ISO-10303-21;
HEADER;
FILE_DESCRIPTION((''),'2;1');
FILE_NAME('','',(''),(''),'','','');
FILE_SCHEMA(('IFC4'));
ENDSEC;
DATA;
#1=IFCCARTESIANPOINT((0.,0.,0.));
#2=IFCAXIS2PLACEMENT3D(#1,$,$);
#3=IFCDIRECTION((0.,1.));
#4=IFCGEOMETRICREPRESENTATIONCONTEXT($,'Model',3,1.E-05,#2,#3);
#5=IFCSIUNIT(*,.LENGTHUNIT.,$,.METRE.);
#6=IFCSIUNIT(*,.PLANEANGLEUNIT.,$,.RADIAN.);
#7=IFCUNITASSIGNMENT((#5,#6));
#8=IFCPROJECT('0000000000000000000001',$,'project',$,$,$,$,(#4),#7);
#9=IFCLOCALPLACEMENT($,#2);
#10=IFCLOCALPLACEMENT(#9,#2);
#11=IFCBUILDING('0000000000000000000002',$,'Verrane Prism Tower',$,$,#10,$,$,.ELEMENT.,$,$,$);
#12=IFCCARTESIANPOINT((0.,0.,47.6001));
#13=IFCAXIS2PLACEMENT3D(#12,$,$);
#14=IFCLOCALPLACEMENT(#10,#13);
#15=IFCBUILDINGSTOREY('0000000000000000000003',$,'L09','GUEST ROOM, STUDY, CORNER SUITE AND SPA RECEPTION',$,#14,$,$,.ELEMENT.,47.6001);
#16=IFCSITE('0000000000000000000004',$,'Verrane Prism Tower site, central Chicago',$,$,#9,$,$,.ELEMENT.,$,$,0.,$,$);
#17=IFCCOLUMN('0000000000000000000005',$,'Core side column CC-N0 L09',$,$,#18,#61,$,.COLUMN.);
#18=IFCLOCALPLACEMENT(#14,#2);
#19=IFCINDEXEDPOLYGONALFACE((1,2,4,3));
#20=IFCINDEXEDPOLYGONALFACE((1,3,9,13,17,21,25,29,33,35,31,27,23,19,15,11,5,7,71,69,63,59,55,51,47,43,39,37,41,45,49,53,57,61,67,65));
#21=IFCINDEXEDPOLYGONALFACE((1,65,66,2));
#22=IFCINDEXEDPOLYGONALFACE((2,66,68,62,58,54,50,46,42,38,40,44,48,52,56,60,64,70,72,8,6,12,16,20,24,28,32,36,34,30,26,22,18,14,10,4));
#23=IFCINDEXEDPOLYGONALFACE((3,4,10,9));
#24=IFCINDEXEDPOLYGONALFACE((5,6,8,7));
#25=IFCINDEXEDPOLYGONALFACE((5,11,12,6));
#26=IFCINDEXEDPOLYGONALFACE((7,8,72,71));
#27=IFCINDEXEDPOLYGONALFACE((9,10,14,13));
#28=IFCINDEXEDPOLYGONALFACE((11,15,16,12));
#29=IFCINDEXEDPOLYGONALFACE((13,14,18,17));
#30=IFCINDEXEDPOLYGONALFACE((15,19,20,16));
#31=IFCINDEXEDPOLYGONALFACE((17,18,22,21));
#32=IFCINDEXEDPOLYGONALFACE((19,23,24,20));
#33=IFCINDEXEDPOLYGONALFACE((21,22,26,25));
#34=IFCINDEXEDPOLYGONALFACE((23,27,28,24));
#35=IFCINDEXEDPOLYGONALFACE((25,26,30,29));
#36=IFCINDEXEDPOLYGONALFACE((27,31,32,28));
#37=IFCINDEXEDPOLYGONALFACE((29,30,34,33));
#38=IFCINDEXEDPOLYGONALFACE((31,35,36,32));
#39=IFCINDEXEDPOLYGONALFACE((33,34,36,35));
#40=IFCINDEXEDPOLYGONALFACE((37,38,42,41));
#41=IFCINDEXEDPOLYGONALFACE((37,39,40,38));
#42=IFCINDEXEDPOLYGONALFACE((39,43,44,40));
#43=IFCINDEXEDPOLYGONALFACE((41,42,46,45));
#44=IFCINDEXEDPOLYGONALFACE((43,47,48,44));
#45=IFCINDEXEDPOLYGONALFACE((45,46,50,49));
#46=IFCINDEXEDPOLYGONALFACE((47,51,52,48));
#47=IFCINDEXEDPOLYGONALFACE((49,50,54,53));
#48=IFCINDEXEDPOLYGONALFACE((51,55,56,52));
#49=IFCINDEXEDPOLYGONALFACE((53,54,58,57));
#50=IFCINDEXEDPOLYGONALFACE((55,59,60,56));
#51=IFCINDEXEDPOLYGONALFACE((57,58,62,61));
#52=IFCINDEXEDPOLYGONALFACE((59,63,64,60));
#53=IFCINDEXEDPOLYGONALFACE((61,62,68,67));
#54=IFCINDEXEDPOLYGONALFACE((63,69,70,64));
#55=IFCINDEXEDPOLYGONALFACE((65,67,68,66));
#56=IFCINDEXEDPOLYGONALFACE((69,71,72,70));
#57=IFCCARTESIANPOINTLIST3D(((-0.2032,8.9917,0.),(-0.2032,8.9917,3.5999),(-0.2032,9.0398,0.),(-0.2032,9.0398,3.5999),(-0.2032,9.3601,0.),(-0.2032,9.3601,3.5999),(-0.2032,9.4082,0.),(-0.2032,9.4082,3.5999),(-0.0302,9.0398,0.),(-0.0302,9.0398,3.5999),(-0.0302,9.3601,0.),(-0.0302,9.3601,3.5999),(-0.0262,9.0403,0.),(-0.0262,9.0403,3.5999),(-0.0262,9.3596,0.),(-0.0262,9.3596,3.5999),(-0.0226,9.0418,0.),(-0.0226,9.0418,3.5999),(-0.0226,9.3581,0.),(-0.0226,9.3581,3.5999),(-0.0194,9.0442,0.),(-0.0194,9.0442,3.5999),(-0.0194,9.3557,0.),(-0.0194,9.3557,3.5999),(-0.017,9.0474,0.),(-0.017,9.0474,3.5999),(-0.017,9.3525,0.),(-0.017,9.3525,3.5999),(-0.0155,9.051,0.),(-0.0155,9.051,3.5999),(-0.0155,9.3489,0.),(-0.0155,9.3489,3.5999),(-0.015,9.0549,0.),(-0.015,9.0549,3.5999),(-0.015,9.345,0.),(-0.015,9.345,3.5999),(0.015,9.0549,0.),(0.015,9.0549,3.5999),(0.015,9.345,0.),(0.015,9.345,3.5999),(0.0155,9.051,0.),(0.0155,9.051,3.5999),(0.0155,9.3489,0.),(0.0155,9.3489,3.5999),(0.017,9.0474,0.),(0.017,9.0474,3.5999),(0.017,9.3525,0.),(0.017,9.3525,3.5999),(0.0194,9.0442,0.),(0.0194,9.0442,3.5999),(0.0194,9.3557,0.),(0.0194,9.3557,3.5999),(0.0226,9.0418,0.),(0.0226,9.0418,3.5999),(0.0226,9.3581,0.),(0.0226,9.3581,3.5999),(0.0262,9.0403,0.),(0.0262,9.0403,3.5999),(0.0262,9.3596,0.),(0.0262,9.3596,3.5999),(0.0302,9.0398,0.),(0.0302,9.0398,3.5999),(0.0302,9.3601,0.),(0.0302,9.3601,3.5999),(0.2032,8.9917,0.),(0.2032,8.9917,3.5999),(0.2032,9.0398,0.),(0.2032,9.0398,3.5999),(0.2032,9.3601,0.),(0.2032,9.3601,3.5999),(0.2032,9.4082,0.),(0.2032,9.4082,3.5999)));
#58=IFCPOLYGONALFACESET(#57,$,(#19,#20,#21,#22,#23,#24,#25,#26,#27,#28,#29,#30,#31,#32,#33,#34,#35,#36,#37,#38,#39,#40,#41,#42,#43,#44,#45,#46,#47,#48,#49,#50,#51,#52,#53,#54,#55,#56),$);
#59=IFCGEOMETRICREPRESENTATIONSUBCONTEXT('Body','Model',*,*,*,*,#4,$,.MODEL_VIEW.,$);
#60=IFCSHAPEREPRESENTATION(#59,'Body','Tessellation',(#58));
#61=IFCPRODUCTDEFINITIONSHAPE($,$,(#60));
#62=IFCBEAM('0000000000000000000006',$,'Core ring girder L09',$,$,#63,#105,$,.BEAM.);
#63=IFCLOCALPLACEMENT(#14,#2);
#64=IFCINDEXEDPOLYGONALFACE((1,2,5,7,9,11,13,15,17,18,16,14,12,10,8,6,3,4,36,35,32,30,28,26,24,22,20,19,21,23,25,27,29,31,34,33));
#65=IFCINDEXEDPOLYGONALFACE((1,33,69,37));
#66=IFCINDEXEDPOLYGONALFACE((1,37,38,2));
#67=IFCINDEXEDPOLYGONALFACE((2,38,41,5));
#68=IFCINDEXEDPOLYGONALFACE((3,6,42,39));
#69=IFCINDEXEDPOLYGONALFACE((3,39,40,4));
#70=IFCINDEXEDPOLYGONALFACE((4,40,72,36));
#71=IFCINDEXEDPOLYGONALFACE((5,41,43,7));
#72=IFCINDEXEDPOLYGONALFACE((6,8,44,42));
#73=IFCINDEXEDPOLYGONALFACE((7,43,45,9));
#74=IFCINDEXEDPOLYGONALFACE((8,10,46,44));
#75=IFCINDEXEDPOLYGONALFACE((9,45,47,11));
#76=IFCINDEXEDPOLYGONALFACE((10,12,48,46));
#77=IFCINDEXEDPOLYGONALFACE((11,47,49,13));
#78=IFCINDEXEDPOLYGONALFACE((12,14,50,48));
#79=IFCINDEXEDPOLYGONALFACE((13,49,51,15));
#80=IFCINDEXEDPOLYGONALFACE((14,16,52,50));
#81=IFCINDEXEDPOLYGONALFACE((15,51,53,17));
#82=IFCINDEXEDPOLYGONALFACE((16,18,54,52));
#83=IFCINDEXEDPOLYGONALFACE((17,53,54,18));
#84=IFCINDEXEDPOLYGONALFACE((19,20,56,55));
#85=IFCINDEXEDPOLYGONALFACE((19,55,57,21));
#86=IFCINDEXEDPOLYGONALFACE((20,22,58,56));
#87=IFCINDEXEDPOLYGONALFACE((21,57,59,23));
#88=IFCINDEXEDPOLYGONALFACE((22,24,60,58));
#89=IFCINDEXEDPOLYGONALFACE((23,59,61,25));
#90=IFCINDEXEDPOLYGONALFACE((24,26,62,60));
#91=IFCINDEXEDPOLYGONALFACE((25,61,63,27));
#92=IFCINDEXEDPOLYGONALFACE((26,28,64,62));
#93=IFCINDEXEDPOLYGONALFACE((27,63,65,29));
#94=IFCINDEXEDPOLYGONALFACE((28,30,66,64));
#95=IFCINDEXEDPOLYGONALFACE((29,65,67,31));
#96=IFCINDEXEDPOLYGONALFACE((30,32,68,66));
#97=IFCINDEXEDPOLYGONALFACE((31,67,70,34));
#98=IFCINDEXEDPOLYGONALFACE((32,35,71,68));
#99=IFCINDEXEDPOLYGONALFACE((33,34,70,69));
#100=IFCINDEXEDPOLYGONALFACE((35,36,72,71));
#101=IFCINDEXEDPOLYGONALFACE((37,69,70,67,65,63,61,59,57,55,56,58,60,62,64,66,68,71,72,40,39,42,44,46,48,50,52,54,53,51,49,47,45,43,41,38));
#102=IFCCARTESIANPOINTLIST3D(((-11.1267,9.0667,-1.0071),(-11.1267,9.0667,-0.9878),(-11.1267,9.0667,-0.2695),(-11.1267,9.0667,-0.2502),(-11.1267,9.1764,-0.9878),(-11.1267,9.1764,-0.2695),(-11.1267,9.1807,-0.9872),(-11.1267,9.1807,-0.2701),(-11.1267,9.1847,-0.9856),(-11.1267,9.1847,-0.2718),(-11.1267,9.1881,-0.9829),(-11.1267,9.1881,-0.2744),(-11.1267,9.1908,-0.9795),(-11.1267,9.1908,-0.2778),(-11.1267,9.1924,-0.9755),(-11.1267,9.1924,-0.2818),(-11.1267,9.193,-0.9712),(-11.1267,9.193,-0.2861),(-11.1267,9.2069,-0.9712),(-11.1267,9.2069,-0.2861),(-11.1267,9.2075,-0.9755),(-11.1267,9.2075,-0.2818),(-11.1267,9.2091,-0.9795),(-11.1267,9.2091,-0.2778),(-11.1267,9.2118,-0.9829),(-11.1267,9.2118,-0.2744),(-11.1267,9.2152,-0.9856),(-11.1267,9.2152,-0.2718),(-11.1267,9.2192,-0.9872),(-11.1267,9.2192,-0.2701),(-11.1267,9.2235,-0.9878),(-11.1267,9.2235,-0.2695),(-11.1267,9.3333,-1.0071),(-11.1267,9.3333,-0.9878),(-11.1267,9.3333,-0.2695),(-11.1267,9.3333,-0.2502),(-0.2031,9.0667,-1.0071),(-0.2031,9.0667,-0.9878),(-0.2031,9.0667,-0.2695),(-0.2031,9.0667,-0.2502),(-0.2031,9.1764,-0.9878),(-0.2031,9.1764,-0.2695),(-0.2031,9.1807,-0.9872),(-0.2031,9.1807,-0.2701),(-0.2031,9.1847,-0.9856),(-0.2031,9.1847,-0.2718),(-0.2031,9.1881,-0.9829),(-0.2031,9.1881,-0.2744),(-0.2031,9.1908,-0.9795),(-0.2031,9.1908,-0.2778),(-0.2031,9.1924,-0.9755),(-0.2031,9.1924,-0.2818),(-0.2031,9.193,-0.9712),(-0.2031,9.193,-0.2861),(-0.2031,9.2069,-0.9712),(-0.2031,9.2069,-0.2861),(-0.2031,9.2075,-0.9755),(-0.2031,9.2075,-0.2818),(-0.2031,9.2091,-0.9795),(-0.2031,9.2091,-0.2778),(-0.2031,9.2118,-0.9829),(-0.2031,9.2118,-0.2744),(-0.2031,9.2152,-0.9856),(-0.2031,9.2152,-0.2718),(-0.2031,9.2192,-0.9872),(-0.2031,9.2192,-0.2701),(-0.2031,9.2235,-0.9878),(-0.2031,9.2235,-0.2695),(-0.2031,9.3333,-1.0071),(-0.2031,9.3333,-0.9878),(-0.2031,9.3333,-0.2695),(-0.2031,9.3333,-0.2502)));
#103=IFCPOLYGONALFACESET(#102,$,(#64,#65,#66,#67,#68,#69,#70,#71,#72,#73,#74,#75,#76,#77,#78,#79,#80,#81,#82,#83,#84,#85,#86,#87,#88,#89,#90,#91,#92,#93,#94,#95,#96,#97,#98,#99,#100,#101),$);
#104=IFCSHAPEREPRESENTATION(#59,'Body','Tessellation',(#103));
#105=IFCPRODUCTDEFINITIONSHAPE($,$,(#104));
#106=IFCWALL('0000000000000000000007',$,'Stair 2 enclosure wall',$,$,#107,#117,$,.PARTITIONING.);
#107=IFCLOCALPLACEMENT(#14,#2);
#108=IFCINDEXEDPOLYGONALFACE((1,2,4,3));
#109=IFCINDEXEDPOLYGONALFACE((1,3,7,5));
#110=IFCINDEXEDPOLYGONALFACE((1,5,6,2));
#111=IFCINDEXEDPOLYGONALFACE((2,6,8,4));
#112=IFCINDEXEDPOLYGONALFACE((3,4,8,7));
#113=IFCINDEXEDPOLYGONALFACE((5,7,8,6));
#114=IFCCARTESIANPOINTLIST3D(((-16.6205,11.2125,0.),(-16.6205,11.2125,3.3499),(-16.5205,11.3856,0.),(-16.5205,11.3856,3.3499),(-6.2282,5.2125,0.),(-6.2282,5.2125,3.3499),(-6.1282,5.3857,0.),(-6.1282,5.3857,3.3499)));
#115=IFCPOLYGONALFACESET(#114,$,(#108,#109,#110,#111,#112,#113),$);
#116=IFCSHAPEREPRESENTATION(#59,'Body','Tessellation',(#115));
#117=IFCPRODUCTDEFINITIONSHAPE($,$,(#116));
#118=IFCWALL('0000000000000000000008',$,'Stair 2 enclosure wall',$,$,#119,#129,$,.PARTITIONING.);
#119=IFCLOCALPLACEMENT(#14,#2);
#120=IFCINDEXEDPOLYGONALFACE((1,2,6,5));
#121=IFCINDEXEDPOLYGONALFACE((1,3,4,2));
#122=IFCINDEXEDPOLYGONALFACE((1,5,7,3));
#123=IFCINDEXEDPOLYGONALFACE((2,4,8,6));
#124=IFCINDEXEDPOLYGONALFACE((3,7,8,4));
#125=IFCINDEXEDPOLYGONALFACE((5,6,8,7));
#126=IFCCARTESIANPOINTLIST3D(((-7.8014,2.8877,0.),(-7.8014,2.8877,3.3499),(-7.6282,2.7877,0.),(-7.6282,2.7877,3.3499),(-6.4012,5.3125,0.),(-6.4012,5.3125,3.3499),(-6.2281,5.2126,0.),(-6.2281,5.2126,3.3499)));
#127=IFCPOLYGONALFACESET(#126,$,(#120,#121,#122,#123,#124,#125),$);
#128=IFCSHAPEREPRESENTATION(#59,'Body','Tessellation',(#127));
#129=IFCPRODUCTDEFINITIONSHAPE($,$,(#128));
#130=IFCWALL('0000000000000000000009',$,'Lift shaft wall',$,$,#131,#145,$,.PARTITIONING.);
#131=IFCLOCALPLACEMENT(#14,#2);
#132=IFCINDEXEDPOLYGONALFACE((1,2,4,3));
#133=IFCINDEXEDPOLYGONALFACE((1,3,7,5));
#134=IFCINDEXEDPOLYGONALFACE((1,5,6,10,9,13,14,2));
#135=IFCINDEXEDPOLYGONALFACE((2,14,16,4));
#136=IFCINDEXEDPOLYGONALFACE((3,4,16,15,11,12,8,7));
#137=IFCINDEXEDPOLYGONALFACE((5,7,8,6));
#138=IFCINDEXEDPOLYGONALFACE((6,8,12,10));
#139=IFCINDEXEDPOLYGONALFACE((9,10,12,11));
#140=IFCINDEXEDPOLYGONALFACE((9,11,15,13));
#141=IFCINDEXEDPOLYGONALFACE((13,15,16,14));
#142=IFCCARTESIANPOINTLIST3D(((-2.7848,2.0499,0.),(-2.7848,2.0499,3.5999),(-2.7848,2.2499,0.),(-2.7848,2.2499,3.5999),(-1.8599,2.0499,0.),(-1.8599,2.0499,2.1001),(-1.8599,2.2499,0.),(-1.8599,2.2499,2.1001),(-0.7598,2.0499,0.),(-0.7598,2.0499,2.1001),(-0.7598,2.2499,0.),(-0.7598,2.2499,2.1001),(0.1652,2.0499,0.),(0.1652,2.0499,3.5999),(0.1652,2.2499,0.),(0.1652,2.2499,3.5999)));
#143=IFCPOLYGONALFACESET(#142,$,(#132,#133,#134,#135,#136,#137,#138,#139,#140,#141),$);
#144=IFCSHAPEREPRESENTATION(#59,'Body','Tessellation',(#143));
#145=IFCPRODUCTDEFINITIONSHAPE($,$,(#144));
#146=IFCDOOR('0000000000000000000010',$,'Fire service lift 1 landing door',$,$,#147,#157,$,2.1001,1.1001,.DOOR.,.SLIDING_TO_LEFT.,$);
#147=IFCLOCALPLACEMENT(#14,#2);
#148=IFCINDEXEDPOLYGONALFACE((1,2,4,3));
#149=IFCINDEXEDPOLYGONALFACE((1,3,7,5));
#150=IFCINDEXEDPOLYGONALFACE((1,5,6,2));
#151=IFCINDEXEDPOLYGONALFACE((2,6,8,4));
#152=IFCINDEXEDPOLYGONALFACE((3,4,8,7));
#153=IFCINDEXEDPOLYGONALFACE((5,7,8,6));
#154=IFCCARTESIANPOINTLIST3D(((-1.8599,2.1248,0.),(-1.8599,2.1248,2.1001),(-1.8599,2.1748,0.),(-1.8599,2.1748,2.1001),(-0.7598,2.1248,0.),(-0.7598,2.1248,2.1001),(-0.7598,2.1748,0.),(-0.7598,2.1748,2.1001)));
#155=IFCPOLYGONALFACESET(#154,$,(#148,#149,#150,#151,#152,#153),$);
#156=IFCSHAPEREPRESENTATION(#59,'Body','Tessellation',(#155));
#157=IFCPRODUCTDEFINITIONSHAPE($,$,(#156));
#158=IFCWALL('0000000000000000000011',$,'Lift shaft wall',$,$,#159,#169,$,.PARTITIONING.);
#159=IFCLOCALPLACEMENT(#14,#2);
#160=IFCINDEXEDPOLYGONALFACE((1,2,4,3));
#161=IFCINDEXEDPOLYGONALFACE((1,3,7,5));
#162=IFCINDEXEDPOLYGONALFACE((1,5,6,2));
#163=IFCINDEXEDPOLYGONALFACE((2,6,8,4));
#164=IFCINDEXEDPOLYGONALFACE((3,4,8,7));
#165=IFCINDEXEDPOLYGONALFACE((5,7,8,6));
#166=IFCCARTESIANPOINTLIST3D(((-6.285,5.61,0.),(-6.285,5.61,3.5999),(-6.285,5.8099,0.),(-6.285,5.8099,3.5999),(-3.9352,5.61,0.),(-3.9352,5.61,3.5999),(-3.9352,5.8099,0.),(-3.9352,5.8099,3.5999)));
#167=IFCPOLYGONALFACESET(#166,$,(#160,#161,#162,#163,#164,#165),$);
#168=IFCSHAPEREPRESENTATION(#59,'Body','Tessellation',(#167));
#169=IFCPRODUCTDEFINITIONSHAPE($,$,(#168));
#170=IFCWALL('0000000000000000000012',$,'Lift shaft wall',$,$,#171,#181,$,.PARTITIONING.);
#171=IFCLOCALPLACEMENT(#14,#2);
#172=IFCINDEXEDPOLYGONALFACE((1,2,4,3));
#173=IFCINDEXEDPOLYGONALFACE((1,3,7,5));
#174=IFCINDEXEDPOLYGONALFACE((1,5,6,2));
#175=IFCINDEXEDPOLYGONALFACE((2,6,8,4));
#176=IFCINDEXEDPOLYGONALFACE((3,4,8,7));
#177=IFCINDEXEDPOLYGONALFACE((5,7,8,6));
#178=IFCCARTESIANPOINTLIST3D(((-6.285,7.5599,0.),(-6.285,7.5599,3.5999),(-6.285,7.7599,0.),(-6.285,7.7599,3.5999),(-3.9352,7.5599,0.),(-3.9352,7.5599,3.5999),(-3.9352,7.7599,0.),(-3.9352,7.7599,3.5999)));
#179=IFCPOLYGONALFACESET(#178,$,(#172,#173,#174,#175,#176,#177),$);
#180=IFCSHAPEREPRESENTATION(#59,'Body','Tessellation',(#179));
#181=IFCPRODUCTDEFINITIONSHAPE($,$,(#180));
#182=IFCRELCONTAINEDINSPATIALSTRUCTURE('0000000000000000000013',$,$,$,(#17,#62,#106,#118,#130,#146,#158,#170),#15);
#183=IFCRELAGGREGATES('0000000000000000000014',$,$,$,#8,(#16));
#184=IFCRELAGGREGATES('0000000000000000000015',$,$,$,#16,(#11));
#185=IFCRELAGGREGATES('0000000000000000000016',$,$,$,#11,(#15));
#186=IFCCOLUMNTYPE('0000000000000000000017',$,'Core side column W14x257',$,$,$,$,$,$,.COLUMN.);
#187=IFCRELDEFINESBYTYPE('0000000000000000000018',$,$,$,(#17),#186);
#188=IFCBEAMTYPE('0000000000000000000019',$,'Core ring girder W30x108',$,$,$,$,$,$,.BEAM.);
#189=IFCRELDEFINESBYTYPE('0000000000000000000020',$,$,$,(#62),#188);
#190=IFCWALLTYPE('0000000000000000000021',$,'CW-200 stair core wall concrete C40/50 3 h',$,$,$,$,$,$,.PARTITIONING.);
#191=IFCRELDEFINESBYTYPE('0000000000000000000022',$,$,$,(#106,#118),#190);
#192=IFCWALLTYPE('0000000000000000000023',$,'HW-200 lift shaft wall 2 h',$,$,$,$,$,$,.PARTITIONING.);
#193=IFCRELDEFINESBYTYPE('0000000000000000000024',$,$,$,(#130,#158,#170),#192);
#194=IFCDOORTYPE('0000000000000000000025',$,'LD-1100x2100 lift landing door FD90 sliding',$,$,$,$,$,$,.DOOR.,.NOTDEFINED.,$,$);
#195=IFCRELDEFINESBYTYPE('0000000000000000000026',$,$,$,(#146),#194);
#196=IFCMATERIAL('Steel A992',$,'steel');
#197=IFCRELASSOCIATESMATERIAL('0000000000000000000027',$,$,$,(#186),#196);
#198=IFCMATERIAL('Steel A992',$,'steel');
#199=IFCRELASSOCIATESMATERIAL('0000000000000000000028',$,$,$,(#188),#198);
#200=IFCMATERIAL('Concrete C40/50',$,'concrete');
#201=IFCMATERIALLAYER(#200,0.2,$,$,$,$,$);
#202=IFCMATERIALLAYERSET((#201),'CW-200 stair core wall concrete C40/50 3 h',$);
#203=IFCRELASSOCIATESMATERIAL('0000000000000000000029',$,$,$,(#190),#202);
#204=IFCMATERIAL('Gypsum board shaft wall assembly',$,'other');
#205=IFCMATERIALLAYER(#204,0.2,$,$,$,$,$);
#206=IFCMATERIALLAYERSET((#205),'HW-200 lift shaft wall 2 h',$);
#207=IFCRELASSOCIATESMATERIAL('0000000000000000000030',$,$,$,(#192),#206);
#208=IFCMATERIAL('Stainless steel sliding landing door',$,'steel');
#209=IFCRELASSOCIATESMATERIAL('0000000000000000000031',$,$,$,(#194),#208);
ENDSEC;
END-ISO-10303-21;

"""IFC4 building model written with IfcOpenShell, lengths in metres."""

from ifc_helpers import new_model, si_unit, direction, frame, frame_2d, origin, origin_2d, place, context, subcontext, project, spatial, rectangle, i_section, extrude, material, layer, layer_set, material_profile, profile_set, type_object, element, fill, save


model = new_model("IFC4")

# Units and contexts
model_context = context("Model", 3, precision=1e-05, world=origin(), true_north=direction((0.0, 1.0)))
body_context = subcontext(model_context, "Body", "Model", "MODEL_VIEW")
ifc_project = project(units=[si_unit("LENGTHUNIT", "METRE"), si_unit("PLANEANGLEUNIT", "RADIAN")], contexts=[model_context])

# Site, building, storey
site_placement = place(None, origin())
site = spatial("IfcSite", under=ifc_project, at=site_placement, Name="Verrane Prism Tower site, central Chicago", CompositionType="ELEMENT", RefElevation=0.0)
building_placement = place(site_placement, origin())
building = spatial("IfcBuilding", under=site, at=building_placement, Name="Verrane Prism Tower", CompositionType="ELEMENT")
storey_placement = place(building_placement, frame((0.0, 0.0, 47.6001)))
storey = spatial("IfcBuildingStorey", under=building, at=storey_placement, Name="L09", Description="GUEST ROOM, STUDY, CORNER SUITE AND SPA RECEPTION", CompositionType="ELEMENT", Elevation=47.6001)

# Column
ifc_material_1 = material(Name="Steel A992", Category="steel")
ifc_material_profile_1 = material_profile(ifc_material_1, i_section(OverallWidth=0.4065, OverallDepth=0.4165, WebThickness=0.03, FlangeThickness=0.0481, FilletRadius=0.0151, at=origin_2d()), Name="W14x257")
ifc_profile_set_1 = profile_set([ifc_material_profile_1], Name="Steel A992")
column_type = type_object("IfcColumnType", Name="Core side column W14x257", PredefinedType="COLUMN", material=ifc_profile_set_1)
column_placement = place(storey_placement, frame((0.0, 9.2, 0.0), z_axis=(0.0, 0.0, 1.0), x_axis=(1.0, 0.0, 0.0)))
element("IfcColumn", 1, at=column_placement, inside=storey, type_object=column_type, Name="Core side column CC-N0 L09", PredefinedType="COLUMN", context=body_context, shape_type="SweptSolid", body=[
    extrude(i_section(OverallWidth=0.4065, OverallDepth=0.4165, WebThickness=0.03, FlangeThickness=0.0481, FilletRadius=0.0151, at=origin_2d()), origin(), (0.0, 0.0, 1.0), 3.5999),
])

# Beam
ifc_material_2 = material(Name="Steel A992", Category="steel")
ifc_material_profile_2 = material_profile(ifc_material_2, i_section(OverallWidth=0.2666, OverallDepth=0.7568, WebThickness=0.0139, FlangeThickness=0.0193, FilletRadius=0.0166, at=origin_2d()), Name="W30x108")
ifc_profile_set_2 = profile_set([ifc_material_profile_2], Name="Steel A992")
beam_type = type_object("IfcBeamType", Name="Core ring girder W30x108", PredefinedType="BEAM", material=ifc_profile_set_2)
beam_placement = place(storey_placement, frame((-0.2031, 9.2, -0.6287), z_axis=(-1.0, 0.0, 0.0), x_axis=(0.0, -1.0, 0.0)))
element("IfcBeam", 2, at=beam_placement, inside=storey, type_object=beam_type, Name="Core ring girder L09", PredefinedType="BEAM", context=body_context, shape_type="SweptSolid", body=[
    extrude(i_section(OverallWidth=0.2666, OverallDepth=0.7568, WebThickness=0.0139, FlangeThickness=0.0193, FilletRadius=0.0166, at=origin_2d()), origin(), (0.0, 0.0, 1.0), 10.9236),
])

# Walls
ifc_material_3 = material(Name="Concrete C40/50", Category="concrete")
ifc_layer_1 = layer(ifc_material_3, 0.2)
ifc_layer_set_1 = layer_set([ifc_layer_1], Name="CW-200 stair core wall concrete C40/50 3 h")
wall_type_1 = type_object("IfcWallType", Name="CW-200 stair core wall concrete C40/50 3 h", PredefinedType="PARTITIONING", material=ifc_layer_set_1)
wall_1_placement = place(storey_placement, frame((-6.1782, 5.2991, 0.0), z_axis=(0.0, 0.0, 1.0), x_axis=(-0.866026, 0.499999, 0.0)))
element("IfcWall", 3, at=wall_1_placement, inside=storey, type_object=wall_type_1, Name="Stair 2 enclosure wall", PredefinedType="PARTITIONING", context=body_context, shape_type="SweptSolid", body=[
    extrude(rectangle(XDim=12.0, YDim=0.2, at=frame_2d((6.0, 0.0))), origin(), (0.0, 0.0, 1.0), 3.3499),
])
wall_2_placement = place(storey_placement, frame((-6.3147, 5.2625, 0.0), z_axis=(0.0, 0.0, 1.0), x_axis=(-0.50005, -0.865997, 0.0)))
element("IfcWall", 4, at=wall_2_placement, inside=storey, type_object=wall_type_1, Name="Stair 2 enclosure wall", PredefinedType="PARTITIONING", context=body_context, shape_type="SweptSolid", body=[
    extrude(rectangle(XDim=2.8, YDim=0.2, at=frame_2d((1.3999, 0.0))), origin(), (0.0, 0.0, 1.0), 3.3499),
])

# Wall, opening, door
ifc_material_4 = material(Name="Gypsum board shaft wall assembly", Category="other")
ifc_layer_2 = layer(ifc_material_4, 0.2)
ifc_layer_set_2 = layer_set([ifc_layer_2], Name="HW-200 lift shaft wall 2 h")
wall_type_2 = type_object("IfcWallType", Name="HW-200 lift shaft wall 2 h", PredefinedType="PARTITIONING", material=ifc_layer_set_2)
wall_3_placement = place(storey_placement, frame((-2.7849, 2.1499, 0.0), z_axis=(0.0, 0.0, 1.0), x_axis=(1.0, 0.0, 0.0)))
wall_3 = element("IfcWall", 5, at=wall_3_placement, inside=storey, type_object=wall_type_2, Name="Lift shaft wall", PredefinedType="PARTITIONING", context=body_context, shape_type="SweptSolid", body=[
    extrude(rectangle(XDim=2.95, YDim=0.2, at=frame_2d((1.4751, 0.0))), origin(), (0.0, 0.0, 1.0), 3.5999),
])
opening_1_placement = place(wall_3_placement, frame((0.925, 0.0, 0.0)))
opening_1 = element("IfcOpeningElement", 6, at=opening_1_placement, cuts=wall_3, PredefinedType="OPENING", context=body_context, shape_type="SweptSolid", body=[
    extrude(rectangle(XDim=1.1001, YDim=2.1001, at=frame_2d((0.55, 1.05))), frame((0.0, 0.1099, 0.0), z_axis=(0.0, -1.0, 0.0), x_axis=(1.0, 0.0, 0.0)), (0.0, 0.0, 1.0), 0.22),
])
ifc_material_5 = material(Name="Stainless steel sliding landing door", Category="steel")
door_type_1 = type_object("IfcDoorType", Name="LD-1100x2100 lift landing door FD90 sliding", OperationType="NOTDEFINED", PredefinedType="DOOR", material=ifc_material_5)
door_1_placement = place(opening_1_placement, origin())
door_1 = element("IfcDoor", 7, at=door_1_placement, inside=storey, type_object=door_type_1, Name="Fire service lift 1 landing door", OperationType="SLIDING_TO_LEFT", OverallHeight=2.1001, OverallWidth=1.1001, PredefinedType="DOOR", context=body_context, shape_type="SweptSolid", body=[
    extrude(rectangle(XDim=1.1001, YDim=2.1001, at=frame_2d((0.55, 1.05))), frame((0.0, 0.0249, 0.0), z_axis=(0.0, -1.0, 0.0), x_axis=(1.0, 0.0, 0.0)), (0.0, 0.0, 1.0), 0.05),
])
fill(opening_1, door_1)

# Walls
for number, where, z_axis, x_axis, name in (
    (8, (-6.2849, 5.71, 0.0), (0.0, 0.0, 1.0), (1.0, 0.0, 0.0), "Lift shaft wall"),
    (9, (-6.2849, 7.6599, 0.0), (0.0, 0.0, 1.0), (1.0, 0.0, 0.0), "Lift shaft wall"),
):
    element("IfcWall", number, at=place(storey_placement, frame(where, z_axis=z_axis, x_axis=x_axis)), inside=storey, type_object=wall_type_2, Name=name, PredefinedType="PARTITIONING", context=body_context, shape_type="SweptSolid", body=[
        extrude(rectangle(XDim=2.3499, YDim=0.2, at=frame_2d((1.1748, 0.0))), origin(), (0.0, 0.0, 1.0), 3.5999),
    ])

save(model, "model.ifc")
